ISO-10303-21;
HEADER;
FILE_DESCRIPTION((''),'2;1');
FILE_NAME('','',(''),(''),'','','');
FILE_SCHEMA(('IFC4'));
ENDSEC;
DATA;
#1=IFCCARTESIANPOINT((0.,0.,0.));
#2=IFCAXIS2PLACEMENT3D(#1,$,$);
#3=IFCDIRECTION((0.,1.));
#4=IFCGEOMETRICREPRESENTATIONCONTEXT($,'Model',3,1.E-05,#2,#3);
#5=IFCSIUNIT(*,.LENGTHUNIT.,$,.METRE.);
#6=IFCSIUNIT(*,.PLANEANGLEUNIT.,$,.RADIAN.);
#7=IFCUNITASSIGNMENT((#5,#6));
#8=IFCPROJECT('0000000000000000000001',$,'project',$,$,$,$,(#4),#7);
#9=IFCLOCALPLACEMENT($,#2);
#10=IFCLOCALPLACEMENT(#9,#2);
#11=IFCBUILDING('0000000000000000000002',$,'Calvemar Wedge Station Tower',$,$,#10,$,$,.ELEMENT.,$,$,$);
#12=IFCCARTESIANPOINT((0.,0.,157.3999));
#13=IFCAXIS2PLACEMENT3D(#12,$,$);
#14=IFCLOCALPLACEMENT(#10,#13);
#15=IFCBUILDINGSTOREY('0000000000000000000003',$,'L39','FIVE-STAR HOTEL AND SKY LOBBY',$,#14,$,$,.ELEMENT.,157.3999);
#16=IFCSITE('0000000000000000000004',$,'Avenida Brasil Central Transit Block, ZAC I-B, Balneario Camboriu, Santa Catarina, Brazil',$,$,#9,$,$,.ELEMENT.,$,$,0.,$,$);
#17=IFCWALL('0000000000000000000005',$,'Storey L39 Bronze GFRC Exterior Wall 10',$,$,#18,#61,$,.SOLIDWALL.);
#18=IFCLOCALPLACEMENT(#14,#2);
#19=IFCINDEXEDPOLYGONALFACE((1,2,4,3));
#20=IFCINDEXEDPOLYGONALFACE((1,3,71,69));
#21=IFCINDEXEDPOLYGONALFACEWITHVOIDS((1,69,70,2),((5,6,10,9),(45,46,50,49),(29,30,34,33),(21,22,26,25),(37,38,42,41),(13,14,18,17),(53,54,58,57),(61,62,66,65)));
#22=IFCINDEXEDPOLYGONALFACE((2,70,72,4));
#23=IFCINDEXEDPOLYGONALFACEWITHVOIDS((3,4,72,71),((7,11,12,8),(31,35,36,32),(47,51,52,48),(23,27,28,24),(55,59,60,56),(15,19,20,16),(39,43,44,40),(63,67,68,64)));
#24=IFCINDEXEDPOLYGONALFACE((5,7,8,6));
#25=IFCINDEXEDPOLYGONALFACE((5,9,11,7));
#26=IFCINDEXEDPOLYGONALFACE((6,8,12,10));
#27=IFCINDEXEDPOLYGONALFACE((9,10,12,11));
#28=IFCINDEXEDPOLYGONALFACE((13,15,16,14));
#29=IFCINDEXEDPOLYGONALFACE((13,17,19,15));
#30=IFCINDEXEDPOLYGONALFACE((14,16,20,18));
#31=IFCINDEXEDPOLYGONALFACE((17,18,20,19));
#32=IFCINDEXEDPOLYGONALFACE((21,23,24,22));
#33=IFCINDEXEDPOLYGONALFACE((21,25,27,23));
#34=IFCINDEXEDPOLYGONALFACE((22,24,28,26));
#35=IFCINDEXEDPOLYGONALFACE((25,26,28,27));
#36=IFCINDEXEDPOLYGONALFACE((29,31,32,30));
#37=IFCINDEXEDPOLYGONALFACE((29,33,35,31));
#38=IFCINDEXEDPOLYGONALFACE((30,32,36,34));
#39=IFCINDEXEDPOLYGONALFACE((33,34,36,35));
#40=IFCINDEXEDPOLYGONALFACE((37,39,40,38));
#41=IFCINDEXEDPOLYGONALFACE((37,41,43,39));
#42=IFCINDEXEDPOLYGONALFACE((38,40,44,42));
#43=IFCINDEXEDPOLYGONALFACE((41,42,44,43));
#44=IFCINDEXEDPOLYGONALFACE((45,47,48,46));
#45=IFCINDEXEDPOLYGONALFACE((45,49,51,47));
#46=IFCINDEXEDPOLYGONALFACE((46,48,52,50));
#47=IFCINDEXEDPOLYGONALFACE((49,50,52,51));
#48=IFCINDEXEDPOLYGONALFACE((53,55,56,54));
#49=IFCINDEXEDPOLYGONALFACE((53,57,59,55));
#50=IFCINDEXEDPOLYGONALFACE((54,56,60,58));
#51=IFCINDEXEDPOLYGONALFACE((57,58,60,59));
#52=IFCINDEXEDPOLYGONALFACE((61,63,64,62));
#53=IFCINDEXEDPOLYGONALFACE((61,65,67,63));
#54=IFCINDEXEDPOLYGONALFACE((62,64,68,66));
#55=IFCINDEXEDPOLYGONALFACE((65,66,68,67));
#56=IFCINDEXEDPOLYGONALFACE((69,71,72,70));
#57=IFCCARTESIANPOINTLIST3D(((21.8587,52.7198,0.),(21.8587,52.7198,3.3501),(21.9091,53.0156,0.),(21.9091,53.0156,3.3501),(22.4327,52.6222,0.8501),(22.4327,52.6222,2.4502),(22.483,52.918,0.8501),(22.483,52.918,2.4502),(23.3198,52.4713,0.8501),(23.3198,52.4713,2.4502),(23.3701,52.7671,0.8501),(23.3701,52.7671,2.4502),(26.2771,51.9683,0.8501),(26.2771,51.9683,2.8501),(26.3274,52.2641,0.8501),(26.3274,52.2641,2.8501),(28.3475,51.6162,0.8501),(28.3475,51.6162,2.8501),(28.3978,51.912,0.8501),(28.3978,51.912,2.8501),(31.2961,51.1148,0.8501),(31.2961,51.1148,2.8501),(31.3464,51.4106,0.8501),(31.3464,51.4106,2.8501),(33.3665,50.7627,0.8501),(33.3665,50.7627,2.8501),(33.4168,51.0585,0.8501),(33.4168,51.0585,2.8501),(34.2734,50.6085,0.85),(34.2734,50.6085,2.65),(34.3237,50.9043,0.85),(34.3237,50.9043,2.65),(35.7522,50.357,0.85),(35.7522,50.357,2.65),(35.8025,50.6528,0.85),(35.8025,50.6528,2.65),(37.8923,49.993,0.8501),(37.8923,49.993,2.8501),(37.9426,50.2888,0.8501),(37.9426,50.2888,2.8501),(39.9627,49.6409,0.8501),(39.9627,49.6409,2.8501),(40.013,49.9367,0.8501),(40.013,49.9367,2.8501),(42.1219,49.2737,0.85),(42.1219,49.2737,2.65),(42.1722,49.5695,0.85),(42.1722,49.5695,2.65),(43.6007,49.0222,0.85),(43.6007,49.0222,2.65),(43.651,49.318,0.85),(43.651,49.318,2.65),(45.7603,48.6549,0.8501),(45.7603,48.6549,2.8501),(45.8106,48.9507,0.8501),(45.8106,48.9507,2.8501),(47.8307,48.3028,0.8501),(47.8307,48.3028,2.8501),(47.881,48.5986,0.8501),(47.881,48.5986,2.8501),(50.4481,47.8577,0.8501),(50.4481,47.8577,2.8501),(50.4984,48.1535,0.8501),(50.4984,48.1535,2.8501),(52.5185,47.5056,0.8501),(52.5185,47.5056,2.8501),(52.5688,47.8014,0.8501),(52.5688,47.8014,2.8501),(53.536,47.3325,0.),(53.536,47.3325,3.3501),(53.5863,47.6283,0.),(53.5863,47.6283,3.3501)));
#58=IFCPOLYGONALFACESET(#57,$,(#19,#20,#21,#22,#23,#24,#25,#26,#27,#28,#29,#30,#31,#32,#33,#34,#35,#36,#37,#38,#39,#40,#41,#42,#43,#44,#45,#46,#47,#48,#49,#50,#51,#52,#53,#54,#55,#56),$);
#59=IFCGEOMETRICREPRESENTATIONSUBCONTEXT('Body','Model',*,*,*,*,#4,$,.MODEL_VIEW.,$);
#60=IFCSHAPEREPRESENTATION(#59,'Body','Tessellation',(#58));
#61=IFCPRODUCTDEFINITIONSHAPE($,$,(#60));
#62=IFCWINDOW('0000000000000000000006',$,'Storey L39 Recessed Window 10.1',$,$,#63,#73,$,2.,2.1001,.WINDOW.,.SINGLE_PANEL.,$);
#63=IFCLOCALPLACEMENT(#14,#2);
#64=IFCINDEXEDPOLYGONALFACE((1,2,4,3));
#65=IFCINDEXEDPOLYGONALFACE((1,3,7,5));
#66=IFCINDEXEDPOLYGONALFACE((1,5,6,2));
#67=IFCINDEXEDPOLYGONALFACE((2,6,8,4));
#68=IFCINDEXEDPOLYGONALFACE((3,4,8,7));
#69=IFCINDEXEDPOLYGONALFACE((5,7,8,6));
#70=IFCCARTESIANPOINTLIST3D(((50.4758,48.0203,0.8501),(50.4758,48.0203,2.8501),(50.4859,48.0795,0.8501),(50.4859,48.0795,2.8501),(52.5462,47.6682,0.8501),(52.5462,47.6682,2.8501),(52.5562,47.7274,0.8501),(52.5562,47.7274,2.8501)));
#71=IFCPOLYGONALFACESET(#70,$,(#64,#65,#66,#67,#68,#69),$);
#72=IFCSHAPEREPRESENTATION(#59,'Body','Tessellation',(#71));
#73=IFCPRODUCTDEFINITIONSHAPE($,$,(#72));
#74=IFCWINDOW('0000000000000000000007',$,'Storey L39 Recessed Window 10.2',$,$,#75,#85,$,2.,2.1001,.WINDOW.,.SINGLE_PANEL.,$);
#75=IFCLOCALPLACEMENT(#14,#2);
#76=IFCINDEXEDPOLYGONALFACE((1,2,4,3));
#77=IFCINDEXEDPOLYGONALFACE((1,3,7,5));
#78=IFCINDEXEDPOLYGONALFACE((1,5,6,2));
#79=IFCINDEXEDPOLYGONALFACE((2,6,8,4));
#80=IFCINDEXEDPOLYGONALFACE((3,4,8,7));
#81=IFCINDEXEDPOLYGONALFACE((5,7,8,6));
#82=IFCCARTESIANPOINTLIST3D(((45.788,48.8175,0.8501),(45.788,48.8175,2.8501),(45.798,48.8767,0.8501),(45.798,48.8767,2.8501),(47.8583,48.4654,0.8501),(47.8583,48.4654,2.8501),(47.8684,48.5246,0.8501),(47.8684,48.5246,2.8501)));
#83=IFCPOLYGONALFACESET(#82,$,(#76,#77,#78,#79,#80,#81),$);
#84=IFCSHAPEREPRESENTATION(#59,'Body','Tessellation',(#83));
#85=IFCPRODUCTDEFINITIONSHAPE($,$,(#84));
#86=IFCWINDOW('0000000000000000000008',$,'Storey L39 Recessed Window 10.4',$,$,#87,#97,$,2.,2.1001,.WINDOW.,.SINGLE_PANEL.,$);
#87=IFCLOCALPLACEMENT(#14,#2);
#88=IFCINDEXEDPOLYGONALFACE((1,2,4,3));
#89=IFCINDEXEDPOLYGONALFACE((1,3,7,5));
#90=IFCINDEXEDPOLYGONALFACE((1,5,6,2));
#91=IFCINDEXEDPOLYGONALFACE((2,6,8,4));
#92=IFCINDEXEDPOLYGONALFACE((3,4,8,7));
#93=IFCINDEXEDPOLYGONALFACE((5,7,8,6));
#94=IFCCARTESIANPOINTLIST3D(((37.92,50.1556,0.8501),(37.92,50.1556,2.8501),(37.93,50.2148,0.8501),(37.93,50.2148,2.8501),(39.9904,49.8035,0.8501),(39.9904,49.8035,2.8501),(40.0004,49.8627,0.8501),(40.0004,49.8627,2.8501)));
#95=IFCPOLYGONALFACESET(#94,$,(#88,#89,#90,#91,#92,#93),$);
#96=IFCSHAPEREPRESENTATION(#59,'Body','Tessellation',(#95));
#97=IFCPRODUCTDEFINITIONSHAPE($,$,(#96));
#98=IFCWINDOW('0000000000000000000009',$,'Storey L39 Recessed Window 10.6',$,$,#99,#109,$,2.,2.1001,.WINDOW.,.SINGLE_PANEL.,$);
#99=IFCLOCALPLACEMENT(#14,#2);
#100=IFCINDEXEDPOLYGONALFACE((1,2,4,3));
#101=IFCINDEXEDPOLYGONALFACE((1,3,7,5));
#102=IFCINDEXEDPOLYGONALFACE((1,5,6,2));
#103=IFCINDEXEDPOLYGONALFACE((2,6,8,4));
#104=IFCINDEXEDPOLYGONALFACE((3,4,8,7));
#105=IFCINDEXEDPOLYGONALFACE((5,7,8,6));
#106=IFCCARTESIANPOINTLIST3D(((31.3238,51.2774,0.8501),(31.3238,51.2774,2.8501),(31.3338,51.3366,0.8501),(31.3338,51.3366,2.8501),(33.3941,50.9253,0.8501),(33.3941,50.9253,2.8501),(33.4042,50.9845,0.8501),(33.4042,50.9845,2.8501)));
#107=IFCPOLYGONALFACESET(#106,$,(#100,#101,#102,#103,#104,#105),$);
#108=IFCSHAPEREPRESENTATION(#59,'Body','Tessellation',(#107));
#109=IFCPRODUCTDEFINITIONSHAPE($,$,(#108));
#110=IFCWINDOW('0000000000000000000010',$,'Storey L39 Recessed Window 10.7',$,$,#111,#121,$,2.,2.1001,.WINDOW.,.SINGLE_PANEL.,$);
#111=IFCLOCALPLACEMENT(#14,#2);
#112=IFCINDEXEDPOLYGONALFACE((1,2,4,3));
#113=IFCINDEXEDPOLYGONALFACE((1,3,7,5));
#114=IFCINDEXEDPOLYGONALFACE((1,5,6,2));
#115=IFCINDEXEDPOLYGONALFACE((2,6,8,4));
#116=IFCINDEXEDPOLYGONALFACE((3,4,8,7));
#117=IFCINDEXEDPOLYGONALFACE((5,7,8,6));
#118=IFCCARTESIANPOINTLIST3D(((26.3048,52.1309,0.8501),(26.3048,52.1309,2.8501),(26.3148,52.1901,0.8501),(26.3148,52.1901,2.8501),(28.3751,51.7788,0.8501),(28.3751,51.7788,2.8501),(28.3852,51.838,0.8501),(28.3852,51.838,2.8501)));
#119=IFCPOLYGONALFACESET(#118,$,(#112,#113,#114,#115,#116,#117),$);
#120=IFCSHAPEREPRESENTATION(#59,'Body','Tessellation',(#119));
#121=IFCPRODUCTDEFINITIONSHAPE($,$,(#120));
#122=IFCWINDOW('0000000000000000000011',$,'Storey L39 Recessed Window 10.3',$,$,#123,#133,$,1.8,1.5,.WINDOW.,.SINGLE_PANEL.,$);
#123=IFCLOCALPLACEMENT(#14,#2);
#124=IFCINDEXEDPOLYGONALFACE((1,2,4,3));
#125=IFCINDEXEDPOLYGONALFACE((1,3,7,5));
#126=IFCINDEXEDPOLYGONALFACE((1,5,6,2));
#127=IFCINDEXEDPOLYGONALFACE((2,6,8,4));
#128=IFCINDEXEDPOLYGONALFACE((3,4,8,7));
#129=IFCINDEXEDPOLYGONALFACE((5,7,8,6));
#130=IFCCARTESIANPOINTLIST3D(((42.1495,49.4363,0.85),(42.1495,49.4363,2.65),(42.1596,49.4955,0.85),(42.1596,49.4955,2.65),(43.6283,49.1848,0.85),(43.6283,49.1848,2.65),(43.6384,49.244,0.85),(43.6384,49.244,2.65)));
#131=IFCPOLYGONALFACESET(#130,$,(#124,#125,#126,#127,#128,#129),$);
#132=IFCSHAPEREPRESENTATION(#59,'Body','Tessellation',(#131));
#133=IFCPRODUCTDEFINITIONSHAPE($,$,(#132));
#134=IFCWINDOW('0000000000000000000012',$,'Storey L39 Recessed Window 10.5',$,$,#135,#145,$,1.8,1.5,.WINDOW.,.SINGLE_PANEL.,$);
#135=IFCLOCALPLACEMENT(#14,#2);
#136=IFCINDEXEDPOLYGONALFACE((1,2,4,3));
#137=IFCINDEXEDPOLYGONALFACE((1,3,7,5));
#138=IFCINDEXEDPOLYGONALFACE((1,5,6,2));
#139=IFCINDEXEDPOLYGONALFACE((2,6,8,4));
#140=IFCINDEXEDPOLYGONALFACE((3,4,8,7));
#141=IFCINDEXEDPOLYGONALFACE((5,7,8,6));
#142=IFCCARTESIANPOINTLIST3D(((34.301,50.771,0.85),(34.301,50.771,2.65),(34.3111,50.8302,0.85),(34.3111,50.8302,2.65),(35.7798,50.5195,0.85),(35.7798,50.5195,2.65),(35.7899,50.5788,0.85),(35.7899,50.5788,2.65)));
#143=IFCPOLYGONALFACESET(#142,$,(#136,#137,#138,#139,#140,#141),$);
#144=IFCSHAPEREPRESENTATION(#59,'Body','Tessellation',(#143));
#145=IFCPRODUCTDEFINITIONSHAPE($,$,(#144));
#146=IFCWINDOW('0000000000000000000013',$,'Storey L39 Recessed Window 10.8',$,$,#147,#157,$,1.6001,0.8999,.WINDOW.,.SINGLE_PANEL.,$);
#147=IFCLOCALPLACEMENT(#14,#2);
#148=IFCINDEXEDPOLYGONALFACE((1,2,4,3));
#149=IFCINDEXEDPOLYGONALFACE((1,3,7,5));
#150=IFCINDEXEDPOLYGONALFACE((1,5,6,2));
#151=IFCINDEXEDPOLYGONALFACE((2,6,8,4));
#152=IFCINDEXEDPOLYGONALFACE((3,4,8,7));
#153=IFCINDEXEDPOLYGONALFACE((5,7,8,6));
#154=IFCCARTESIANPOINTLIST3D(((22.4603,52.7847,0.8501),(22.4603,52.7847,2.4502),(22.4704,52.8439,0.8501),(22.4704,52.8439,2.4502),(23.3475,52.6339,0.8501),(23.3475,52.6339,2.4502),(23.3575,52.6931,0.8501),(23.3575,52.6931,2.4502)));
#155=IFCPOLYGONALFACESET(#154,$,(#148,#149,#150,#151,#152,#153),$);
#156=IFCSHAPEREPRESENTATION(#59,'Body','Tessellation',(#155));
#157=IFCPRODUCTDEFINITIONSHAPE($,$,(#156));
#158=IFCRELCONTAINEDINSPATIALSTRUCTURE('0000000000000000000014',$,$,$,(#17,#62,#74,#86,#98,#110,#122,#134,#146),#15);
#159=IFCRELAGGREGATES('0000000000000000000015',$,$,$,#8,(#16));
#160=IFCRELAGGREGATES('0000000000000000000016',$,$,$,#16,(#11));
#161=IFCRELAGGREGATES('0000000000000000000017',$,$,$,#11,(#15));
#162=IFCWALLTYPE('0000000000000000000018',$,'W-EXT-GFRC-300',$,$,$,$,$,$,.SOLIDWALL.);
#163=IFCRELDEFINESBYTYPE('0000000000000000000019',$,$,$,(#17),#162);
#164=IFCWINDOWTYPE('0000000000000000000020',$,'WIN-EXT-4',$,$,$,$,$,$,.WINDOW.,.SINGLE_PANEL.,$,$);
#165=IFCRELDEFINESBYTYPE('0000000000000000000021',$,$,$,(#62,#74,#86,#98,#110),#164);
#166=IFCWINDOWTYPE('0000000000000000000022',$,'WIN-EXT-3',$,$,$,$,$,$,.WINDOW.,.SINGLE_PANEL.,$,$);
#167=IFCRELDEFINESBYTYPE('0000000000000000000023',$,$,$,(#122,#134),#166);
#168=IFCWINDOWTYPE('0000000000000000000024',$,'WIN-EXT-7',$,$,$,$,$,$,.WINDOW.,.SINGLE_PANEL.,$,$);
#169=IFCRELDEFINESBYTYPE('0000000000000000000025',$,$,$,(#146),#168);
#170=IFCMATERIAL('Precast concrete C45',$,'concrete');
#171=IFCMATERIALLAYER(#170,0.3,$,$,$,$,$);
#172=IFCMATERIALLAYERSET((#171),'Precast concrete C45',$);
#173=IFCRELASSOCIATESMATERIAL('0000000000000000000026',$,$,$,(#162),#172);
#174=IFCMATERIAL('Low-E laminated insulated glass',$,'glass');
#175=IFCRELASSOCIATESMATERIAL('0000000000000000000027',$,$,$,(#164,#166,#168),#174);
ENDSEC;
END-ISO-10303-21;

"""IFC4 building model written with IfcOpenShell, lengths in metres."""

from ifc_helpers import new_model, si_unit, direction, frame, frame_2d, origin, place, context, subcontext, project, spatial, rectangle, extrude, source, transform, mapped, material, layer, layer_set, type_object, element, fill, save


model = new_model("IFC4")

# Units and contexts
model_context = context("Model", 3, precision=1e-05, world=origin(), true_north=direction((0.0, 1.0)))
body_context = subcontext(model_context, "Body", "Model", "MODEL_VIEW")
ifc_project = project(units=[si_unit("LENGTHUNIT", "METRE"), si_unit("PLANEANGLEUNIT", "RADIAN")], contexts=[model_context])

# Site, building, storey
site_placement = place(None, origin())
site = spatial("IfcSite", under=ifc_project, at=site_placement, Name="Avenida Brasil Central Transit Block, ZAC I-B, Balneario Camboriu, Santa Catarina, Brazil", CompositionType="ELEMENT", RefElevation=0.0)
building_placement = place(site_placement, origin())
building = spatial("IfcBuilding", under=site, at=building_placement, Name="Calvemar Wedge Station Tower", CompositionType="ELEMENT")
storey_placement = place(building_placement, frame((0.0, 0.0, 157.3999)))
storey = spatial("IfcBuildingStorey", under=building, at=storey_placement, Name="L39", Description="FIVE-STAR HOTEL AND SKY LOBBY", CompositionType="ELEMENT", Elevation=157.3999)

# Shared definitions
ifc_material_1 = material(Name="Precast concrete C45", Category="concrete")
ifc_layer_1 = layer(ifc_material_1, 0.3)
ifc_layer_set_1 = layer_set([ifc_layer_1], Name="Precast concrete C45")
wall_type_1 = type_object("IfcWallType", Name="W-EXT-GFRC-300", PredefinedType="SOLIDWALL", material=ifc_layer_set_1)
ifc_material_2 = material(Name="Low-E laminated insulated glass", Category="glass")

# Wall, openings, windows
wall_1_placement = place(storey_placement, frame((53.561, 47.4805, 0.0), z_axis=(0.0, 0.0, 1.0), x_axis=(-0.985845, 0.167658, 0.0)))
wall_1 = element("IfcWall", 1, at=wall_1_placement, inside=storey, type_object=wall_type_1, Name="Storey L39 Bronze GFRC Exterior Wall 10", PredefinedType="SOLIDWALL", context=body_context, shape_type="SweptSolid", body=[
    extrude(rectangle(XDim=32.1321, YDim=0.3, at=frame_2d((16.0659, 0.0))), origin(), (0.0, 0.0, 1.0), 3.3501),
])
shared_shape_1 = source(origin(), body_context, "Body", "SweptSolid", [
    extrude(rectangle(XDim=2.1001, YDim=2.0, at=frame_2d((1.05, 1.0))), frame((0.0, 0.1602, 0.0), z_axis=(0.0, -1.0, 0.0), x_axis=(1.0, 0.0, 0.0)), (0.0, 0.0, 1.0), 0.3201),
])
opening_1_placement = place(wall_1_placement, frame((1.032, 0.0, 0.8501)))
opening_1 = element("IfcOpeningElement", 2, at=opening_1_placement, cuts=wall_1, PredefinedType="OPENING", context=body_context, shape_type="MappedRepresentation", body=[
    mapped(shared_shape_1, transform((0.0, 0.0, 0.0), scale=1.0)),
])
opening_2_placement = place(wall_1_placement, frame((5.7871, 0.0, 0.8501)))
opening_2 = element("IfcOpeningElement", 3, at=opening_2_placement, cuts=wall_1, PredefinedType="OPENING", context=body_context, shape_type="MappedRepresentation", body=[
    mapped(shared_shape_1, transform((0.0, 0.0, 0.0), scale=1.0)),
])
shared_shape_2 = source(origin(), body_context, "Body", "SweptSolid", [
    extrude(rectangle(XDim=1.5, YDim=1.8, at=frame_2d((0.75, 0.8999))), frame((0.0, 0.1602, 0.0), z_axis=(0.0, -1.0, 0.0), x_axis=(1.0, 0.0, 0.0)), (0.0, 0.0, 1.0), 0.3201),
])
opening_3_placement = place(wall_1_placement, frame((10.0779, 0.0, 0.8501)))
opening_3 = element("IfcOpeningElement", 4, at=opening_3_placement, cuts=wall_1, PredefinedType="OPENING", context=body_context, shape_type="MappedRepresentation", body=[
    mapped(shared_shape_2, transform((0.0, 0.0, 0.0), scale=1.0)),
])
opening_4_placement = place(wall_1_placement, frame((13.7681, 0.0, 0.8501)))
opening_4 = element("IfcOpeningElement", 5, at=opening_4_placement, cuts=wall_1, PredefinedType="OPENING", context=body_context, shape_type="MappedRepresentation", body=[
    mapped(shared_shape_1, transform((0.0, 0.0, 0.0), scale=1.0)),
])
opening_5_placement = place(wall_1_placement, frame((18.0391, 0.0, 0.8501)))
opening_5 = element("IfcOpeningElement", 6, at=opening_5_placement, cuts=wall_1, PredefinedType="OPENING", context=body_context, shape_type="MappedRepresentation", body=[
    mapped(shared_shape_2, transform((0.0, 0.0, 0.0), scale=1.0)),
])
opening_6_placement = place(wall_1_placement, frame((20.459, 0.0, 0.8501)))
opening_6 = element("IfcOpeningElement", 7, at=opening_6_placement, cuts=wall_1, PredefinedType="OPENING", context=body_context, shape_type="MappedRepresentation", body=[
    mapped(shared_shape_1, transform((0.0, 0.0, 0.0), scale=1.0)),
])
opening_7_placement = place(wall_1_placement, frame((25.55, 0.0, 0.8501)))
opening_7 = element("IfcOpeningElement", 8, at=opening_7_placement, cuts=wall_1, PredefinedType="OPENING", context=body_context, shape_type="MappedRepresentation", body=[
    mapped(shared_shape_1, transform((0.0, 0.0, 0.0), scale=1.0)),
])
shared_shape_3 = source(origin(), body_context, "Body", "SweptSolid", [
    extrude(rectangle(XDim=0.8999, YDim=1.6001, at=frame_2d((0.45, 0.8))), frame((0.0, 0.1602, 0.0), z_axis=(0.0, -1.0, 0.0), x_axis=(1.0, 0.0, 0.0)), (0.0, 0.0, 1.0), 0.3201),
])
opening_8_placement = place(wall_1_placement, frame((30.6499, 0.0, 0.8501)))
opening_8 = element("IfcOpeningElement", 9, at=opening_8_placement, cuts=wall_1, PredefinedType="OPENING", context=body_context, shape_type="MappedRepresentation", body=[
    mapped(shared_shape_3, transform((0.0, 0.0, 0.0), scale=1.0)),
])
window_type_1 = type_object("IfcWindowType", Name="WIN-EXT-4", PartitioningType="SINGLE_PANEL", PredefinedType="WINDOW", material=ifc_material_2)
shared_shape_4 = source(origin(), body_context, "Body", "SweptSolid", [
    extrude(rectangle(XDim=2.1001, YDim=2.0, at=frame_2d((1.05, 1.0))), frame((0.0, -0.0149, 0.0), z_axis=(0.0, -1.0, 0.0), x_axis=(1.0, 0.0, 0.0)), (0.0, 0.0, 1.0), 0.0601),
])
window_1_placement = place(opening_1_placement, origin())
window_1 = element("IfcWindow", 10, at=window_1_placement, inside=storey, type_object=window_type_1, Name="Storey L39 Recessed Window 10.1", OverallHeight=2.0, OverallWidth=2.1001, PartitioningType="SINGLE_PANEL", PredefinedType="WINDOW", context=body_context, shape_type="MappedRepresentation", body=[
    mapped(shared_shape_4, transform((0.0, 0.0, 0.0), scale=1.0)),
])
fill(opening_1, window_1)
window_2_placement = place(opening_2_placement, origin())
window_2 = element("IfcWindow", 11, at=window_2_placement, inside=storey, type_object=window_type_1, Name="Storey L39 Recessed Window 10.2", OverallHeight=2.0, OverallWidth=2.1001, PartitioningType="SINGLE_PANEL", PredefinedType="WINDOW", context=body_context, shape_type="MappedRepresentation", body=[
    mapped(shared_shape_4, transform((0.0, 0.0, 0.0), scale=1.0)),
])
fill(opening_2, window_2)
window_3_placement = place(opening_4_placement, origin())
window_3 = element("IfcWindow", 12, at=window_3_placement, inside=storey, type_object=window_type_1, Name="Storey L39 Recessed Window 10.4", OverallHeight=2.0, OverallWidth=2.1001, PartitioningType="SINGLE_PANEL", PredefinedType="WINDOW", context=body_context, shape_type="MappedRepresentation", body=[
    mapped(shared_shape_4, transform((0.0, 0.0, 0.0), scale=1.0)),
])
fill(opening_4, window_3)
window_4_placement = place(opening_6_placement, origin())
window_4 = element("IfcWindow", 13, at=window_4_placement, inside=storey, type_object=window_type_1, Name="Storey L39 Recessed Window 10.6", OverallHeight=2.0, OverallWidth=2.1001, PartitioningType="SINGLE_PANEL", PredefinedType="WINDOW", context=body_context, shape_type="MappedRepresentation", body=[
    mapped(shared_shape_4, transform((0.0, 0.0, 0.0), scale=1.0)),
])
fill(opening_6, window_4)
window_5_placement = place(opening_7_placement, origin())
window_5 = element("IfcWindow", 14, at=window_5_placement, inside=storey, type_object=window_type_1, Name="Storey L39 Recessed Window 10.7", OverallHeight=2.0, OverallWidth=2.1001, PartitioningType="SINGLE_PANEL", PredefinedType="WINDOW", context=body_context, shape_type="MappedRepresentation", body=[
    mapped(shared_shape_4, transform((0.0, 0.0, 0.0), scale=1.0)),
])
fill(opening_7, window_5)
window_type_2 = type_object("IfcWindowType", Name="WIN-EXT-3", PartitioningType="SINGLE_PANEL", PredefinedType="WINDOW", material=ifc_material_2)
shared_shape_5 = source(origin(), body_context, "Body", "SweptSolid", [
    extrude(rectangle(XDim=1.5, YDim=1.8, at=frame_2d((0.75, 0.8999))), frame((0.0, -0.0149, 0.0), z_axis=(0.0, -1.0, 0.0), x_axis=(1.0, 0.0, 0.0)), (0.0, 0.0, 1.0), 0.0601),
])
window_6_placement = place(opening_3_placement, origin())
window_6 = element("IfcWindow", 15, at=window_6_placement, inside=storey, type_object=window_type_2, Name="Storey L39 Recessed Window 10.3", OverallHeight=1.8, OverallWidth=1.5, PartitioningType="SINGLE_PANEL", PredefinedType="WINDOW", context=body_context, shape_type="MappedRepresentation", body=[
    mapped(shared_shape_5, transform((0.0, 0.0, 0.0), scale=1.0)),
])
fill(opening_3, window_6)
window_7_placement = place(opening_5_placement, origin())
window_7 = element("IfcWindow", 16, at=window_7_placement, inside=storey, type_object=window_type_2, Name="Storey L39 Recessed Window 10.5", OverallHeight=1.8, OverallWidth=1.5, PartitioningType="SINGLE_PANEL", PredefinedType="WINDOW", context=body_context, shape_type="MappedRepresentation", body=[
    mapped(shared_shape_5, transform((0.0, 0.0, 0.0), scale=1.0)),
])
fill(opening_5, window_7)
window_type_3 = type_object("IfcWindowType", Name="WIN-EXT-7", PartitioningType="SINGLE_PANEL", PredefinedType="WINDOW", material=ifc_material_2)
shared_shape_6 = source(origin(), body_context, "Body", "SweptSolid", [
    extrude(rectangle(XDim=0.8999, YDim=1.6001, at=frame_2d((0.45, 0.8))), frame((0.0, -0.0149, 0.0), z_axis=(0.0, -1.0, 0.0), x_axis=(1.0, 0.0, 0.0)), (0.0, 0.0, 1.0), 0.0601),
])
window_8_placement = place(opening_8_placement, origin())
window_8 = element("IfcWindow", 17, at=window_8_placement, inside=storey, type_object=window_type_3, Name="Storey L39 Recessed Window 10.8", OverallHeight=1.6001, OverallWidth=0.8999, PartitioningType="SINGLE_PANEL", PredefinedType="WINDOW", context=body_context, shape_type="MappedRepresentation", body=[
    mapped(shared_shape_6, transform((0.0, 0.0, 0.0), scale=1.0)),
])
fill(opening_8, window_8)

save(model, "model.ifc")
